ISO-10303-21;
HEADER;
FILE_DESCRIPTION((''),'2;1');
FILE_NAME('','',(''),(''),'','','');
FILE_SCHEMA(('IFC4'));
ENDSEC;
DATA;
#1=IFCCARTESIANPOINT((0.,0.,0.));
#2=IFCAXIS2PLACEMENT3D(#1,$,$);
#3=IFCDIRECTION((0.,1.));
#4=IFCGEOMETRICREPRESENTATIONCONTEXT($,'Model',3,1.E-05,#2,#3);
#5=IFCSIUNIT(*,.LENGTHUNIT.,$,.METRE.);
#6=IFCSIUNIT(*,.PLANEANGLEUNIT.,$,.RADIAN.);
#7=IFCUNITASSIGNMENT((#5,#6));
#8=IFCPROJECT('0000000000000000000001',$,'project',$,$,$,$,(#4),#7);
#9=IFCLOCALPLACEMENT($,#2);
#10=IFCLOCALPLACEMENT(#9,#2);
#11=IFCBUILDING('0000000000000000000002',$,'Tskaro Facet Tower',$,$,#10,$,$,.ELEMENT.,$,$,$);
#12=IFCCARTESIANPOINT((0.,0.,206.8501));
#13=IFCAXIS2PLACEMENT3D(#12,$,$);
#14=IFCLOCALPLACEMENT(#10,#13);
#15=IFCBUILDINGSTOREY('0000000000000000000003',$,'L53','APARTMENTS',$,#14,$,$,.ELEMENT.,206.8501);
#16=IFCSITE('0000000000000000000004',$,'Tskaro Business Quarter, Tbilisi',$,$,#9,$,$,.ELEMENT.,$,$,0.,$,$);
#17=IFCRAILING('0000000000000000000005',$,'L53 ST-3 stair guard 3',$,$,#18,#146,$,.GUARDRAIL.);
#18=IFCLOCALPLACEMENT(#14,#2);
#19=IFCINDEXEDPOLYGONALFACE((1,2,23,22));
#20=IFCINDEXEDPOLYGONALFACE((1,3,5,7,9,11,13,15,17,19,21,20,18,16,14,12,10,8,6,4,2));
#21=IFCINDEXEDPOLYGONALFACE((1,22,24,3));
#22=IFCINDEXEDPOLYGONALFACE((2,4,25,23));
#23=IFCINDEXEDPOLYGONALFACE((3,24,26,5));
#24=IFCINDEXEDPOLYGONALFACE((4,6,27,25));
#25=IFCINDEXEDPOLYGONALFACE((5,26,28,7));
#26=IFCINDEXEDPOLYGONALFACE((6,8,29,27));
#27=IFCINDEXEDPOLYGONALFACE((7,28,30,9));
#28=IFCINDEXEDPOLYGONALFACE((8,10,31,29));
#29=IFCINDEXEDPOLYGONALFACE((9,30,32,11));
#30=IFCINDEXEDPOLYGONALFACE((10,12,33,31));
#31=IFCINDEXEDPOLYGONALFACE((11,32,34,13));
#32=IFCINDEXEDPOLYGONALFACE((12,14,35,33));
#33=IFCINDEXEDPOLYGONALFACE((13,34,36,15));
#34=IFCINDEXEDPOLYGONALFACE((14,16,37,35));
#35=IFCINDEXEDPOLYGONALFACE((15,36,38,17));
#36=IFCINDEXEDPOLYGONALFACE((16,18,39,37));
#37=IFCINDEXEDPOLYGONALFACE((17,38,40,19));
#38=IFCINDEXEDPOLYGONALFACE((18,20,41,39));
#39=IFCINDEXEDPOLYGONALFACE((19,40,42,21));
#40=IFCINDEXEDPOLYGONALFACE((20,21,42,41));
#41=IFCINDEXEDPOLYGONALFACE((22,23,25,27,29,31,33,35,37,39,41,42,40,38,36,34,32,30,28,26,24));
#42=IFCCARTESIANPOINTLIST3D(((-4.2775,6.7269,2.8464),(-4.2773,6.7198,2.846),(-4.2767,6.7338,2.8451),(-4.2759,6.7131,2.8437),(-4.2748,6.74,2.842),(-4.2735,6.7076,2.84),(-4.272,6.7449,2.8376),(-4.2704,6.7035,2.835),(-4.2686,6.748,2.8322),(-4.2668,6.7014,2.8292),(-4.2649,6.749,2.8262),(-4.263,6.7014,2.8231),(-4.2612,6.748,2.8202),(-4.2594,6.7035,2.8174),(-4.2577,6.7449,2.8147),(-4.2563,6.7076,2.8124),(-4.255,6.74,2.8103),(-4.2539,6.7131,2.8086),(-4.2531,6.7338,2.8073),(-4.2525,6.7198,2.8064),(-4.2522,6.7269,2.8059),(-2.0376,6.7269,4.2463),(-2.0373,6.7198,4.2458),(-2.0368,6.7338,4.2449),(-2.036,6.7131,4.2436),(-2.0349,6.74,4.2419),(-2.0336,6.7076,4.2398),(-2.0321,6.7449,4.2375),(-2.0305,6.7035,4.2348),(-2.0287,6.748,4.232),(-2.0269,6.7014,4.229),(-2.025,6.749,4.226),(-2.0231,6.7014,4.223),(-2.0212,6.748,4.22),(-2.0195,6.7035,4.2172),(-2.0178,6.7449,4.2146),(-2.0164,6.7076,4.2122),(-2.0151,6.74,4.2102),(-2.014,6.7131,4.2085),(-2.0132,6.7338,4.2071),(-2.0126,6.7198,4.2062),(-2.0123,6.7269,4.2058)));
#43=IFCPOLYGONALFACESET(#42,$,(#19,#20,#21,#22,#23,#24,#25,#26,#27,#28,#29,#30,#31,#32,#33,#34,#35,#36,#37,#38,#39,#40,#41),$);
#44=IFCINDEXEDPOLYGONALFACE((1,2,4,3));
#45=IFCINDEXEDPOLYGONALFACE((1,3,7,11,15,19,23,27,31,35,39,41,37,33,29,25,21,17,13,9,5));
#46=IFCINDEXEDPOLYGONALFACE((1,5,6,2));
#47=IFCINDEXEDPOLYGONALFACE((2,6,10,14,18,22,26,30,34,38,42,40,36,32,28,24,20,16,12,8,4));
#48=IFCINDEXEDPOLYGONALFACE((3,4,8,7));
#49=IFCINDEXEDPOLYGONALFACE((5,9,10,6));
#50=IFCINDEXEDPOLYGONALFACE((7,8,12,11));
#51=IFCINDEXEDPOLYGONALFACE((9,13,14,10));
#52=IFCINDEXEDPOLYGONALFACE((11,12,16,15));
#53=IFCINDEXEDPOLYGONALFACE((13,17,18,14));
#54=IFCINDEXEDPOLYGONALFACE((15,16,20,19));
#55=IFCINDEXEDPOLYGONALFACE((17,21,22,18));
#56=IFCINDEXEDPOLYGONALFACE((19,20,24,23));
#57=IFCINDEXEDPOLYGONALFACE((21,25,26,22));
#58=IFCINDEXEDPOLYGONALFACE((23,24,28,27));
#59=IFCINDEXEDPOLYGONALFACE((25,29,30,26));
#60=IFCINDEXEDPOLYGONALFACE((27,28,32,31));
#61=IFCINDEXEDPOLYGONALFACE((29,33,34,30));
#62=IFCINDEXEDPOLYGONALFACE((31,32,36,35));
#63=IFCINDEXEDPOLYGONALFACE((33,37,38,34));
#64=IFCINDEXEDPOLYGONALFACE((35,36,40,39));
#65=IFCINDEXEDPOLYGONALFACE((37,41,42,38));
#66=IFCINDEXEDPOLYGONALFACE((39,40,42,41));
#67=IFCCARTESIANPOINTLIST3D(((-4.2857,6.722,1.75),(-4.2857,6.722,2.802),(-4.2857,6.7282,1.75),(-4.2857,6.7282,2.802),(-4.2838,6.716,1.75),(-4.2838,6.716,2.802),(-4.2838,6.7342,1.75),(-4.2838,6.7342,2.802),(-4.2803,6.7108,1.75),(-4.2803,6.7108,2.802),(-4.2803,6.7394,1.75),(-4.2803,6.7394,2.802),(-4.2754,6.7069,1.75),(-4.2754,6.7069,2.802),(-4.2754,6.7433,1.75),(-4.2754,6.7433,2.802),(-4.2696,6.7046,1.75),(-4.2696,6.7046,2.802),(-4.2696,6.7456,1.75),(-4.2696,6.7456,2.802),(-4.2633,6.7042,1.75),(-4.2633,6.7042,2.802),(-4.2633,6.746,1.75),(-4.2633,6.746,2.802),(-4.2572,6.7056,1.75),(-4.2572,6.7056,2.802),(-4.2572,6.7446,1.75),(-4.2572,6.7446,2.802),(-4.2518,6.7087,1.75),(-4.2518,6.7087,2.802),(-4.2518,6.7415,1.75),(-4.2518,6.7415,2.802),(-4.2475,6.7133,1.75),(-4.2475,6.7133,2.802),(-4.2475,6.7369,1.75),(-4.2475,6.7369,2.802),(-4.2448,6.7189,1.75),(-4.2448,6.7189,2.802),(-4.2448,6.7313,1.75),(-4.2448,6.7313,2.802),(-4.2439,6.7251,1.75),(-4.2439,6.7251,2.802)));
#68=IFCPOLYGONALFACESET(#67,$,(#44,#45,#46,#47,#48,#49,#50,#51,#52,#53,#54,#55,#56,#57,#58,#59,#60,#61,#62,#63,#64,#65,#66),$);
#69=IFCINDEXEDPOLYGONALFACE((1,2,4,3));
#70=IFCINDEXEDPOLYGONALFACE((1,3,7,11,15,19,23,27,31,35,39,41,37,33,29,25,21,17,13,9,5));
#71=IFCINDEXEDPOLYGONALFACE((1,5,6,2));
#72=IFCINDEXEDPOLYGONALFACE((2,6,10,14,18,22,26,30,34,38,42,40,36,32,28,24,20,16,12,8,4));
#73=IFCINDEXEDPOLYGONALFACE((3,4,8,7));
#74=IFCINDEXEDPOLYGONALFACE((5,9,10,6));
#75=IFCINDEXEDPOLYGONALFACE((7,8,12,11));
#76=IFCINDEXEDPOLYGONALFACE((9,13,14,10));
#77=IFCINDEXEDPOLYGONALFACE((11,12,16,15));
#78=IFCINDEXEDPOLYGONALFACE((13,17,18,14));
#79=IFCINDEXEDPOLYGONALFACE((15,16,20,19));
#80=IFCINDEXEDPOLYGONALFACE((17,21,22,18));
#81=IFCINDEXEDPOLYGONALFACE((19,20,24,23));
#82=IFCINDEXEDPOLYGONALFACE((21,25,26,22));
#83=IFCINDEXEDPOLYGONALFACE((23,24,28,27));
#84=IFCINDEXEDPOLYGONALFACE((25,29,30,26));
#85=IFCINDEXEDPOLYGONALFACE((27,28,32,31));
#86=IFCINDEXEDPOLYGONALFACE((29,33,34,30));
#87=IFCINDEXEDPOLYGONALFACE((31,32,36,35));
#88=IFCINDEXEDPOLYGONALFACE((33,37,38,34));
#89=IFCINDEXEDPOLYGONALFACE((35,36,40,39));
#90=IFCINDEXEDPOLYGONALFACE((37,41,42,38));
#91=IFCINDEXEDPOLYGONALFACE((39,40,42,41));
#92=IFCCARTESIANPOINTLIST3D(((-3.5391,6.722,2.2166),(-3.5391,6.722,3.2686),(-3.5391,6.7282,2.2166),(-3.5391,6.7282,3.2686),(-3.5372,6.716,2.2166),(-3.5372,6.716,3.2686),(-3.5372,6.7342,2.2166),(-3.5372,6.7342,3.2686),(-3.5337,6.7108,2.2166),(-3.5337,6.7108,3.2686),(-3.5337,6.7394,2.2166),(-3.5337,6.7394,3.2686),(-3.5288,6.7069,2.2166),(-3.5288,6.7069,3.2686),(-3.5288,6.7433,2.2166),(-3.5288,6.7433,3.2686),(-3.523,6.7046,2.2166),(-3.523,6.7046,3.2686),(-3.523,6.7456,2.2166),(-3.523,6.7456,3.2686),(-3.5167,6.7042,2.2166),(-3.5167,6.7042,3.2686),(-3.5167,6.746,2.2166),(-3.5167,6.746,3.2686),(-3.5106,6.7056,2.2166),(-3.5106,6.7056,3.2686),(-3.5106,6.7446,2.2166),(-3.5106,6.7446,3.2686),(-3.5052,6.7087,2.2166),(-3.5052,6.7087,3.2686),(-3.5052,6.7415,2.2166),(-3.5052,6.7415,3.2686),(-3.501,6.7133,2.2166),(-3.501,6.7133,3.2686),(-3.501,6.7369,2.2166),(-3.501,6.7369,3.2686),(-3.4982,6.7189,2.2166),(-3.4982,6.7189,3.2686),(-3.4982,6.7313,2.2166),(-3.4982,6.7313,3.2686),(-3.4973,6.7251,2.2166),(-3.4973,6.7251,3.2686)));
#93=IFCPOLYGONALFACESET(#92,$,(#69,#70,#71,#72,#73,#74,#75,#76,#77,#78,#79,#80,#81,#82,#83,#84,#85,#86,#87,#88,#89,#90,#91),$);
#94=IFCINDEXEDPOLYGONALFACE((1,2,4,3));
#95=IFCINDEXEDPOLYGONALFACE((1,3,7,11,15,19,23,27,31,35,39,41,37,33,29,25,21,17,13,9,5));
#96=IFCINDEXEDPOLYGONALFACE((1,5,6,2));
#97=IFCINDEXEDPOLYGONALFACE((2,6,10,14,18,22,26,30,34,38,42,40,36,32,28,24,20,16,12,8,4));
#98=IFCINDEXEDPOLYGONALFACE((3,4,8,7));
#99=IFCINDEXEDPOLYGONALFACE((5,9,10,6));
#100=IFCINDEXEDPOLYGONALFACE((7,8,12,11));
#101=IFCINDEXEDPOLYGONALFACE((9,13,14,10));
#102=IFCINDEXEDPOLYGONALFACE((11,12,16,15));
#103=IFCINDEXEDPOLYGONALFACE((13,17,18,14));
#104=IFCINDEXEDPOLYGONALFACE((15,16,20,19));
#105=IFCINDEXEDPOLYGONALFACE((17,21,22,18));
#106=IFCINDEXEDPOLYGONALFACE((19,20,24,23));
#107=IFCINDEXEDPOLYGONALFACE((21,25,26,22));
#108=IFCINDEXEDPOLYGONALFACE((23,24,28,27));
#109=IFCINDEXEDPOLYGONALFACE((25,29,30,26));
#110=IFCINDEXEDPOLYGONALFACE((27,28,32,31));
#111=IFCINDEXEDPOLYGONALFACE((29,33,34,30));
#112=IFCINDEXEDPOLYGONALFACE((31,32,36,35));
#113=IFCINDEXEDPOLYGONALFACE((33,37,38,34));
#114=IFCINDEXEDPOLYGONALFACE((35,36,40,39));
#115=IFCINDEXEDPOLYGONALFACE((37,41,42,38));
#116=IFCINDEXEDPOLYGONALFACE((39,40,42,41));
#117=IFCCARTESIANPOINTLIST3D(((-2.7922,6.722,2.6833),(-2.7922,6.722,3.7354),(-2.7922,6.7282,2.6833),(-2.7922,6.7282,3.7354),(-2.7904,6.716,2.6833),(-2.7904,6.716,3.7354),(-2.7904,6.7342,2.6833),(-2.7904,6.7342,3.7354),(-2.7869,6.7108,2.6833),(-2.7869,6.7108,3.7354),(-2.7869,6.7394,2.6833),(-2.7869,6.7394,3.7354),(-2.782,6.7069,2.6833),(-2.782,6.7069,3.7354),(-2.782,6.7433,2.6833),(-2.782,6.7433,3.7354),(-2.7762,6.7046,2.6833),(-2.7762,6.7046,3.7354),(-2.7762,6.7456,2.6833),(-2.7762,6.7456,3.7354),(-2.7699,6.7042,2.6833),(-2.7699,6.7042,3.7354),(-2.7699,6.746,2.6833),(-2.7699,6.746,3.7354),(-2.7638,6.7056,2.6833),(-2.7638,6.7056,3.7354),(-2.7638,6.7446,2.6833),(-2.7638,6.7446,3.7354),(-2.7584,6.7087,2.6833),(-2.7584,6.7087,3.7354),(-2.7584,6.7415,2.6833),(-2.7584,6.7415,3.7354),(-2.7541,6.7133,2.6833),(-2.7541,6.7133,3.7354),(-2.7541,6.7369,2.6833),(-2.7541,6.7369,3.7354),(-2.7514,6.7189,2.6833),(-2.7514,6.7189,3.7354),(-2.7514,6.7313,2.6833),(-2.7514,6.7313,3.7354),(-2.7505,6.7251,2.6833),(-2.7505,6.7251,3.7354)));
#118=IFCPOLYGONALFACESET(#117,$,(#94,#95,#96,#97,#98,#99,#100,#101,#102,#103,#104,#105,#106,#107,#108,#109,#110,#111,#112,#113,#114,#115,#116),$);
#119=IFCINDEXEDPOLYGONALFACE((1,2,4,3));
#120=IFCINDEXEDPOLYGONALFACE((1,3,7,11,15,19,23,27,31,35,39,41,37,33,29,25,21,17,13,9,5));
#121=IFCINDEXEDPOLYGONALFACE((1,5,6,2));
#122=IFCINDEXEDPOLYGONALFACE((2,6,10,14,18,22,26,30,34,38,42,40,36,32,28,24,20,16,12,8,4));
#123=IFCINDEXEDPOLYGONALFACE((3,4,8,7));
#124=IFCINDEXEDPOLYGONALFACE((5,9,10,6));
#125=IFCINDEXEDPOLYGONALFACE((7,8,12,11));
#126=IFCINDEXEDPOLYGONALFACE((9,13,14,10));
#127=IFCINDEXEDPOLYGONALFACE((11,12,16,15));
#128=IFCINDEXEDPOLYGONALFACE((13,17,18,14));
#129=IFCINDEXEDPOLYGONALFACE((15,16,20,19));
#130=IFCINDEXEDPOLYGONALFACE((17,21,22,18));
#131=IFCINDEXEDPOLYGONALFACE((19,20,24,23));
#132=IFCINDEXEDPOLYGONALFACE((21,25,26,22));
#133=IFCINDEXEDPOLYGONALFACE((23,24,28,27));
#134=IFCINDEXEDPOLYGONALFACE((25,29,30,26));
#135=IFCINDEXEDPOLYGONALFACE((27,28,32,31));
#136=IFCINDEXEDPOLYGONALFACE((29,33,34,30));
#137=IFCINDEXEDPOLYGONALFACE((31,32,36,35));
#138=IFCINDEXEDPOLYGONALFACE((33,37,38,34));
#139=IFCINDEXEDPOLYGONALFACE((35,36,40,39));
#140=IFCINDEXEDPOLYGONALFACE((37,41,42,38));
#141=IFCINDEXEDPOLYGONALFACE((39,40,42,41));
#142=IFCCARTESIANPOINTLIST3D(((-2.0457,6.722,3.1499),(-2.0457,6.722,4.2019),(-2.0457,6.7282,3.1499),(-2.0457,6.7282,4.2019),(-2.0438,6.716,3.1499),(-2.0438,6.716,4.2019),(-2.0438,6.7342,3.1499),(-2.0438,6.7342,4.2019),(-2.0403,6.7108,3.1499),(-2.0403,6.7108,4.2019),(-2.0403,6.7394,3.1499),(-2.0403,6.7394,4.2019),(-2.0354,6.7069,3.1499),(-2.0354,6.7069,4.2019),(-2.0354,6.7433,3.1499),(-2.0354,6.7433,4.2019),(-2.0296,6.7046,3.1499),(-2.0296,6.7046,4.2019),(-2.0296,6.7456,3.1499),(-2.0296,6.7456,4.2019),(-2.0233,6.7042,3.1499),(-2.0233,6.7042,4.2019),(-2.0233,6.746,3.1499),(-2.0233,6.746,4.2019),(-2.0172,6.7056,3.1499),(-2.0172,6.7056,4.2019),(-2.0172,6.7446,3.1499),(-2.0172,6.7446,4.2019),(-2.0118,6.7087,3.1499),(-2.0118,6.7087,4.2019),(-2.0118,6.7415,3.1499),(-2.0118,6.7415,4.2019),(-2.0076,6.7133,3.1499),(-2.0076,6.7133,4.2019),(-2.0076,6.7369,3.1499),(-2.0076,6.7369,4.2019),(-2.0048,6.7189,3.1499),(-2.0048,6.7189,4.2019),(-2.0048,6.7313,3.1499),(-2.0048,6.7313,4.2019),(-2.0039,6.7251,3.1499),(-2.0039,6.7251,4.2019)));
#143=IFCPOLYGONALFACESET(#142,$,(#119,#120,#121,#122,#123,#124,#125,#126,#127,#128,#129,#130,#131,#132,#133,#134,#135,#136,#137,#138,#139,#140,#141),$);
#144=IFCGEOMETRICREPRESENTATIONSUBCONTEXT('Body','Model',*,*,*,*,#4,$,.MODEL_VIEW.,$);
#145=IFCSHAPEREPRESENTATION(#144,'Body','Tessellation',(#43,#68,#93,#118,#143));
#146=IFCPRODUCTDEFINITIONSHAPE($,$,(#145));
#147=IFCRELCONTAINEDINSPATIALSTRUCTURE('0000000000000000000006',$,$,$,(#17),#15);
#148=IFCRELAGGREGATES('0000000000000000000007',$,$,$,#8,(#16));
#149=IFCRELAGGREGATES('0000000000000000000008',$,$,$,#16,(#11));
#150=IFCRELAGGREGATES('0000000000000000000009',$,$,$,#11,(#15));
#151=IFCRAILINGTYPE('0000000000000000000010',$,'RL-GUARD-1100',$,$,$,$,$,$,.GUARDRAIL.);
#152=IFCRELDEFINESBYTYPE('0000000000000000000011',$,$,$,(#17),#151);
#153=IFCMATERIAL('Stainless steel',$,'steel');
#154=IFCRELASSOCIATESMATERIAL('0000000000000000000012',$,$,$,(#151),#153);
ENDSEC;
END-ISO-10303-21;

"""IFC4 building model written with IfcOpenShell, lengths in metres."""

from ifc_helpers import new_model, si_unit, direction, frame, origin, origin_2d, place, context, subcontext, project, spatial, circle, extrude, material, type_object, element, save


model = new_model("IFC4")

# Units and contexts
model_context = context("Model", 3, precision=1e-05, world=origin(), true_north=direction((0.0, 1.0)))
body_context = subcontext(model_context, "Body", "Model", "MODEL_VIEW")
ifc_project = project(units=[si_unit("LENGTHUNIT", "METRE"), si_unit("PLANEANGLEUNIT", "RADIAN")], contexts=[model_context])

# Site, building, storey
site_placement = place(None, origin())
site = spatial("IfcSite", under=ifc_project, at=site_placement, Name="Tskaro Business Quarter, Tbilisi", CompositionType="ELEMENT", RefElevation=0.0)
building_placement = place(site_placement, origin())
building = spatial("IfcBuilding", under=site, at=building_placement, Name="Tskaro Facet Tower", CompositionType="ELEMENT")
storey_placement = place(building_placement, frame((0.0, 0.0, 206.8501)))
storey = spatial("IfcBuildingStorey", under=building, at=storey_placement, Name="L53", Description="APARTMENTS", CompositionType="ELEMENT", Elevation=206.8501)

# Railing
ifc_material_1 = material(Name="Stainless steel", Category="steel")
railing_type_1 = type_object("IfcRailingType", Name="RL-GUARD-1100", PredefinedType="GUARDRAIL", material=ifc_material_1)
railing_1_placement = place(storey_placement, frame((-4.2649, 6.7251, 1.75)))
element("IfcRailing", 1, at=railing_1_placement, inside=storey, type_object=railing_type_1, Name="L53 ST-3 stair guard 3", PredefinedType="GUARDRAIL", context=body_context, shape_type="SweptSolid", body=[
    extrude(circle(Radius=0.0239, at=origin_2d()), frame((0.0, 0.0, 1.0762), z_axis=(0.848014, 0.0, 0.529974), x_axis=(0.0, 1.0, 0.0)), (0.0, 0.0, 1.0), 2.6414),
    extrude(circle(Radius=0.021, at=origin_2d()), origin(), (0.0, 0.0, 1.0), 1.052),
    extrude(circle(Radius=0.021, at=origin_2d()), frame((0.7466, 0.0, 0.4666)), (0.0, 0.0, 1.0), 1.052),
    extrude(circle(Radius=0.021, at=origin_2d()), frame((1.4934, 0.0, 0.9333)), (0.0, 0.0, 1.0), 1.052),
    extrude(circle(Radius=0.021, at=origin_2d()), frame((2.24, 0.0, 1.3999)), (0.0, 0.0, 1.0), 1.052),
])

save(model, "model.ifc")
